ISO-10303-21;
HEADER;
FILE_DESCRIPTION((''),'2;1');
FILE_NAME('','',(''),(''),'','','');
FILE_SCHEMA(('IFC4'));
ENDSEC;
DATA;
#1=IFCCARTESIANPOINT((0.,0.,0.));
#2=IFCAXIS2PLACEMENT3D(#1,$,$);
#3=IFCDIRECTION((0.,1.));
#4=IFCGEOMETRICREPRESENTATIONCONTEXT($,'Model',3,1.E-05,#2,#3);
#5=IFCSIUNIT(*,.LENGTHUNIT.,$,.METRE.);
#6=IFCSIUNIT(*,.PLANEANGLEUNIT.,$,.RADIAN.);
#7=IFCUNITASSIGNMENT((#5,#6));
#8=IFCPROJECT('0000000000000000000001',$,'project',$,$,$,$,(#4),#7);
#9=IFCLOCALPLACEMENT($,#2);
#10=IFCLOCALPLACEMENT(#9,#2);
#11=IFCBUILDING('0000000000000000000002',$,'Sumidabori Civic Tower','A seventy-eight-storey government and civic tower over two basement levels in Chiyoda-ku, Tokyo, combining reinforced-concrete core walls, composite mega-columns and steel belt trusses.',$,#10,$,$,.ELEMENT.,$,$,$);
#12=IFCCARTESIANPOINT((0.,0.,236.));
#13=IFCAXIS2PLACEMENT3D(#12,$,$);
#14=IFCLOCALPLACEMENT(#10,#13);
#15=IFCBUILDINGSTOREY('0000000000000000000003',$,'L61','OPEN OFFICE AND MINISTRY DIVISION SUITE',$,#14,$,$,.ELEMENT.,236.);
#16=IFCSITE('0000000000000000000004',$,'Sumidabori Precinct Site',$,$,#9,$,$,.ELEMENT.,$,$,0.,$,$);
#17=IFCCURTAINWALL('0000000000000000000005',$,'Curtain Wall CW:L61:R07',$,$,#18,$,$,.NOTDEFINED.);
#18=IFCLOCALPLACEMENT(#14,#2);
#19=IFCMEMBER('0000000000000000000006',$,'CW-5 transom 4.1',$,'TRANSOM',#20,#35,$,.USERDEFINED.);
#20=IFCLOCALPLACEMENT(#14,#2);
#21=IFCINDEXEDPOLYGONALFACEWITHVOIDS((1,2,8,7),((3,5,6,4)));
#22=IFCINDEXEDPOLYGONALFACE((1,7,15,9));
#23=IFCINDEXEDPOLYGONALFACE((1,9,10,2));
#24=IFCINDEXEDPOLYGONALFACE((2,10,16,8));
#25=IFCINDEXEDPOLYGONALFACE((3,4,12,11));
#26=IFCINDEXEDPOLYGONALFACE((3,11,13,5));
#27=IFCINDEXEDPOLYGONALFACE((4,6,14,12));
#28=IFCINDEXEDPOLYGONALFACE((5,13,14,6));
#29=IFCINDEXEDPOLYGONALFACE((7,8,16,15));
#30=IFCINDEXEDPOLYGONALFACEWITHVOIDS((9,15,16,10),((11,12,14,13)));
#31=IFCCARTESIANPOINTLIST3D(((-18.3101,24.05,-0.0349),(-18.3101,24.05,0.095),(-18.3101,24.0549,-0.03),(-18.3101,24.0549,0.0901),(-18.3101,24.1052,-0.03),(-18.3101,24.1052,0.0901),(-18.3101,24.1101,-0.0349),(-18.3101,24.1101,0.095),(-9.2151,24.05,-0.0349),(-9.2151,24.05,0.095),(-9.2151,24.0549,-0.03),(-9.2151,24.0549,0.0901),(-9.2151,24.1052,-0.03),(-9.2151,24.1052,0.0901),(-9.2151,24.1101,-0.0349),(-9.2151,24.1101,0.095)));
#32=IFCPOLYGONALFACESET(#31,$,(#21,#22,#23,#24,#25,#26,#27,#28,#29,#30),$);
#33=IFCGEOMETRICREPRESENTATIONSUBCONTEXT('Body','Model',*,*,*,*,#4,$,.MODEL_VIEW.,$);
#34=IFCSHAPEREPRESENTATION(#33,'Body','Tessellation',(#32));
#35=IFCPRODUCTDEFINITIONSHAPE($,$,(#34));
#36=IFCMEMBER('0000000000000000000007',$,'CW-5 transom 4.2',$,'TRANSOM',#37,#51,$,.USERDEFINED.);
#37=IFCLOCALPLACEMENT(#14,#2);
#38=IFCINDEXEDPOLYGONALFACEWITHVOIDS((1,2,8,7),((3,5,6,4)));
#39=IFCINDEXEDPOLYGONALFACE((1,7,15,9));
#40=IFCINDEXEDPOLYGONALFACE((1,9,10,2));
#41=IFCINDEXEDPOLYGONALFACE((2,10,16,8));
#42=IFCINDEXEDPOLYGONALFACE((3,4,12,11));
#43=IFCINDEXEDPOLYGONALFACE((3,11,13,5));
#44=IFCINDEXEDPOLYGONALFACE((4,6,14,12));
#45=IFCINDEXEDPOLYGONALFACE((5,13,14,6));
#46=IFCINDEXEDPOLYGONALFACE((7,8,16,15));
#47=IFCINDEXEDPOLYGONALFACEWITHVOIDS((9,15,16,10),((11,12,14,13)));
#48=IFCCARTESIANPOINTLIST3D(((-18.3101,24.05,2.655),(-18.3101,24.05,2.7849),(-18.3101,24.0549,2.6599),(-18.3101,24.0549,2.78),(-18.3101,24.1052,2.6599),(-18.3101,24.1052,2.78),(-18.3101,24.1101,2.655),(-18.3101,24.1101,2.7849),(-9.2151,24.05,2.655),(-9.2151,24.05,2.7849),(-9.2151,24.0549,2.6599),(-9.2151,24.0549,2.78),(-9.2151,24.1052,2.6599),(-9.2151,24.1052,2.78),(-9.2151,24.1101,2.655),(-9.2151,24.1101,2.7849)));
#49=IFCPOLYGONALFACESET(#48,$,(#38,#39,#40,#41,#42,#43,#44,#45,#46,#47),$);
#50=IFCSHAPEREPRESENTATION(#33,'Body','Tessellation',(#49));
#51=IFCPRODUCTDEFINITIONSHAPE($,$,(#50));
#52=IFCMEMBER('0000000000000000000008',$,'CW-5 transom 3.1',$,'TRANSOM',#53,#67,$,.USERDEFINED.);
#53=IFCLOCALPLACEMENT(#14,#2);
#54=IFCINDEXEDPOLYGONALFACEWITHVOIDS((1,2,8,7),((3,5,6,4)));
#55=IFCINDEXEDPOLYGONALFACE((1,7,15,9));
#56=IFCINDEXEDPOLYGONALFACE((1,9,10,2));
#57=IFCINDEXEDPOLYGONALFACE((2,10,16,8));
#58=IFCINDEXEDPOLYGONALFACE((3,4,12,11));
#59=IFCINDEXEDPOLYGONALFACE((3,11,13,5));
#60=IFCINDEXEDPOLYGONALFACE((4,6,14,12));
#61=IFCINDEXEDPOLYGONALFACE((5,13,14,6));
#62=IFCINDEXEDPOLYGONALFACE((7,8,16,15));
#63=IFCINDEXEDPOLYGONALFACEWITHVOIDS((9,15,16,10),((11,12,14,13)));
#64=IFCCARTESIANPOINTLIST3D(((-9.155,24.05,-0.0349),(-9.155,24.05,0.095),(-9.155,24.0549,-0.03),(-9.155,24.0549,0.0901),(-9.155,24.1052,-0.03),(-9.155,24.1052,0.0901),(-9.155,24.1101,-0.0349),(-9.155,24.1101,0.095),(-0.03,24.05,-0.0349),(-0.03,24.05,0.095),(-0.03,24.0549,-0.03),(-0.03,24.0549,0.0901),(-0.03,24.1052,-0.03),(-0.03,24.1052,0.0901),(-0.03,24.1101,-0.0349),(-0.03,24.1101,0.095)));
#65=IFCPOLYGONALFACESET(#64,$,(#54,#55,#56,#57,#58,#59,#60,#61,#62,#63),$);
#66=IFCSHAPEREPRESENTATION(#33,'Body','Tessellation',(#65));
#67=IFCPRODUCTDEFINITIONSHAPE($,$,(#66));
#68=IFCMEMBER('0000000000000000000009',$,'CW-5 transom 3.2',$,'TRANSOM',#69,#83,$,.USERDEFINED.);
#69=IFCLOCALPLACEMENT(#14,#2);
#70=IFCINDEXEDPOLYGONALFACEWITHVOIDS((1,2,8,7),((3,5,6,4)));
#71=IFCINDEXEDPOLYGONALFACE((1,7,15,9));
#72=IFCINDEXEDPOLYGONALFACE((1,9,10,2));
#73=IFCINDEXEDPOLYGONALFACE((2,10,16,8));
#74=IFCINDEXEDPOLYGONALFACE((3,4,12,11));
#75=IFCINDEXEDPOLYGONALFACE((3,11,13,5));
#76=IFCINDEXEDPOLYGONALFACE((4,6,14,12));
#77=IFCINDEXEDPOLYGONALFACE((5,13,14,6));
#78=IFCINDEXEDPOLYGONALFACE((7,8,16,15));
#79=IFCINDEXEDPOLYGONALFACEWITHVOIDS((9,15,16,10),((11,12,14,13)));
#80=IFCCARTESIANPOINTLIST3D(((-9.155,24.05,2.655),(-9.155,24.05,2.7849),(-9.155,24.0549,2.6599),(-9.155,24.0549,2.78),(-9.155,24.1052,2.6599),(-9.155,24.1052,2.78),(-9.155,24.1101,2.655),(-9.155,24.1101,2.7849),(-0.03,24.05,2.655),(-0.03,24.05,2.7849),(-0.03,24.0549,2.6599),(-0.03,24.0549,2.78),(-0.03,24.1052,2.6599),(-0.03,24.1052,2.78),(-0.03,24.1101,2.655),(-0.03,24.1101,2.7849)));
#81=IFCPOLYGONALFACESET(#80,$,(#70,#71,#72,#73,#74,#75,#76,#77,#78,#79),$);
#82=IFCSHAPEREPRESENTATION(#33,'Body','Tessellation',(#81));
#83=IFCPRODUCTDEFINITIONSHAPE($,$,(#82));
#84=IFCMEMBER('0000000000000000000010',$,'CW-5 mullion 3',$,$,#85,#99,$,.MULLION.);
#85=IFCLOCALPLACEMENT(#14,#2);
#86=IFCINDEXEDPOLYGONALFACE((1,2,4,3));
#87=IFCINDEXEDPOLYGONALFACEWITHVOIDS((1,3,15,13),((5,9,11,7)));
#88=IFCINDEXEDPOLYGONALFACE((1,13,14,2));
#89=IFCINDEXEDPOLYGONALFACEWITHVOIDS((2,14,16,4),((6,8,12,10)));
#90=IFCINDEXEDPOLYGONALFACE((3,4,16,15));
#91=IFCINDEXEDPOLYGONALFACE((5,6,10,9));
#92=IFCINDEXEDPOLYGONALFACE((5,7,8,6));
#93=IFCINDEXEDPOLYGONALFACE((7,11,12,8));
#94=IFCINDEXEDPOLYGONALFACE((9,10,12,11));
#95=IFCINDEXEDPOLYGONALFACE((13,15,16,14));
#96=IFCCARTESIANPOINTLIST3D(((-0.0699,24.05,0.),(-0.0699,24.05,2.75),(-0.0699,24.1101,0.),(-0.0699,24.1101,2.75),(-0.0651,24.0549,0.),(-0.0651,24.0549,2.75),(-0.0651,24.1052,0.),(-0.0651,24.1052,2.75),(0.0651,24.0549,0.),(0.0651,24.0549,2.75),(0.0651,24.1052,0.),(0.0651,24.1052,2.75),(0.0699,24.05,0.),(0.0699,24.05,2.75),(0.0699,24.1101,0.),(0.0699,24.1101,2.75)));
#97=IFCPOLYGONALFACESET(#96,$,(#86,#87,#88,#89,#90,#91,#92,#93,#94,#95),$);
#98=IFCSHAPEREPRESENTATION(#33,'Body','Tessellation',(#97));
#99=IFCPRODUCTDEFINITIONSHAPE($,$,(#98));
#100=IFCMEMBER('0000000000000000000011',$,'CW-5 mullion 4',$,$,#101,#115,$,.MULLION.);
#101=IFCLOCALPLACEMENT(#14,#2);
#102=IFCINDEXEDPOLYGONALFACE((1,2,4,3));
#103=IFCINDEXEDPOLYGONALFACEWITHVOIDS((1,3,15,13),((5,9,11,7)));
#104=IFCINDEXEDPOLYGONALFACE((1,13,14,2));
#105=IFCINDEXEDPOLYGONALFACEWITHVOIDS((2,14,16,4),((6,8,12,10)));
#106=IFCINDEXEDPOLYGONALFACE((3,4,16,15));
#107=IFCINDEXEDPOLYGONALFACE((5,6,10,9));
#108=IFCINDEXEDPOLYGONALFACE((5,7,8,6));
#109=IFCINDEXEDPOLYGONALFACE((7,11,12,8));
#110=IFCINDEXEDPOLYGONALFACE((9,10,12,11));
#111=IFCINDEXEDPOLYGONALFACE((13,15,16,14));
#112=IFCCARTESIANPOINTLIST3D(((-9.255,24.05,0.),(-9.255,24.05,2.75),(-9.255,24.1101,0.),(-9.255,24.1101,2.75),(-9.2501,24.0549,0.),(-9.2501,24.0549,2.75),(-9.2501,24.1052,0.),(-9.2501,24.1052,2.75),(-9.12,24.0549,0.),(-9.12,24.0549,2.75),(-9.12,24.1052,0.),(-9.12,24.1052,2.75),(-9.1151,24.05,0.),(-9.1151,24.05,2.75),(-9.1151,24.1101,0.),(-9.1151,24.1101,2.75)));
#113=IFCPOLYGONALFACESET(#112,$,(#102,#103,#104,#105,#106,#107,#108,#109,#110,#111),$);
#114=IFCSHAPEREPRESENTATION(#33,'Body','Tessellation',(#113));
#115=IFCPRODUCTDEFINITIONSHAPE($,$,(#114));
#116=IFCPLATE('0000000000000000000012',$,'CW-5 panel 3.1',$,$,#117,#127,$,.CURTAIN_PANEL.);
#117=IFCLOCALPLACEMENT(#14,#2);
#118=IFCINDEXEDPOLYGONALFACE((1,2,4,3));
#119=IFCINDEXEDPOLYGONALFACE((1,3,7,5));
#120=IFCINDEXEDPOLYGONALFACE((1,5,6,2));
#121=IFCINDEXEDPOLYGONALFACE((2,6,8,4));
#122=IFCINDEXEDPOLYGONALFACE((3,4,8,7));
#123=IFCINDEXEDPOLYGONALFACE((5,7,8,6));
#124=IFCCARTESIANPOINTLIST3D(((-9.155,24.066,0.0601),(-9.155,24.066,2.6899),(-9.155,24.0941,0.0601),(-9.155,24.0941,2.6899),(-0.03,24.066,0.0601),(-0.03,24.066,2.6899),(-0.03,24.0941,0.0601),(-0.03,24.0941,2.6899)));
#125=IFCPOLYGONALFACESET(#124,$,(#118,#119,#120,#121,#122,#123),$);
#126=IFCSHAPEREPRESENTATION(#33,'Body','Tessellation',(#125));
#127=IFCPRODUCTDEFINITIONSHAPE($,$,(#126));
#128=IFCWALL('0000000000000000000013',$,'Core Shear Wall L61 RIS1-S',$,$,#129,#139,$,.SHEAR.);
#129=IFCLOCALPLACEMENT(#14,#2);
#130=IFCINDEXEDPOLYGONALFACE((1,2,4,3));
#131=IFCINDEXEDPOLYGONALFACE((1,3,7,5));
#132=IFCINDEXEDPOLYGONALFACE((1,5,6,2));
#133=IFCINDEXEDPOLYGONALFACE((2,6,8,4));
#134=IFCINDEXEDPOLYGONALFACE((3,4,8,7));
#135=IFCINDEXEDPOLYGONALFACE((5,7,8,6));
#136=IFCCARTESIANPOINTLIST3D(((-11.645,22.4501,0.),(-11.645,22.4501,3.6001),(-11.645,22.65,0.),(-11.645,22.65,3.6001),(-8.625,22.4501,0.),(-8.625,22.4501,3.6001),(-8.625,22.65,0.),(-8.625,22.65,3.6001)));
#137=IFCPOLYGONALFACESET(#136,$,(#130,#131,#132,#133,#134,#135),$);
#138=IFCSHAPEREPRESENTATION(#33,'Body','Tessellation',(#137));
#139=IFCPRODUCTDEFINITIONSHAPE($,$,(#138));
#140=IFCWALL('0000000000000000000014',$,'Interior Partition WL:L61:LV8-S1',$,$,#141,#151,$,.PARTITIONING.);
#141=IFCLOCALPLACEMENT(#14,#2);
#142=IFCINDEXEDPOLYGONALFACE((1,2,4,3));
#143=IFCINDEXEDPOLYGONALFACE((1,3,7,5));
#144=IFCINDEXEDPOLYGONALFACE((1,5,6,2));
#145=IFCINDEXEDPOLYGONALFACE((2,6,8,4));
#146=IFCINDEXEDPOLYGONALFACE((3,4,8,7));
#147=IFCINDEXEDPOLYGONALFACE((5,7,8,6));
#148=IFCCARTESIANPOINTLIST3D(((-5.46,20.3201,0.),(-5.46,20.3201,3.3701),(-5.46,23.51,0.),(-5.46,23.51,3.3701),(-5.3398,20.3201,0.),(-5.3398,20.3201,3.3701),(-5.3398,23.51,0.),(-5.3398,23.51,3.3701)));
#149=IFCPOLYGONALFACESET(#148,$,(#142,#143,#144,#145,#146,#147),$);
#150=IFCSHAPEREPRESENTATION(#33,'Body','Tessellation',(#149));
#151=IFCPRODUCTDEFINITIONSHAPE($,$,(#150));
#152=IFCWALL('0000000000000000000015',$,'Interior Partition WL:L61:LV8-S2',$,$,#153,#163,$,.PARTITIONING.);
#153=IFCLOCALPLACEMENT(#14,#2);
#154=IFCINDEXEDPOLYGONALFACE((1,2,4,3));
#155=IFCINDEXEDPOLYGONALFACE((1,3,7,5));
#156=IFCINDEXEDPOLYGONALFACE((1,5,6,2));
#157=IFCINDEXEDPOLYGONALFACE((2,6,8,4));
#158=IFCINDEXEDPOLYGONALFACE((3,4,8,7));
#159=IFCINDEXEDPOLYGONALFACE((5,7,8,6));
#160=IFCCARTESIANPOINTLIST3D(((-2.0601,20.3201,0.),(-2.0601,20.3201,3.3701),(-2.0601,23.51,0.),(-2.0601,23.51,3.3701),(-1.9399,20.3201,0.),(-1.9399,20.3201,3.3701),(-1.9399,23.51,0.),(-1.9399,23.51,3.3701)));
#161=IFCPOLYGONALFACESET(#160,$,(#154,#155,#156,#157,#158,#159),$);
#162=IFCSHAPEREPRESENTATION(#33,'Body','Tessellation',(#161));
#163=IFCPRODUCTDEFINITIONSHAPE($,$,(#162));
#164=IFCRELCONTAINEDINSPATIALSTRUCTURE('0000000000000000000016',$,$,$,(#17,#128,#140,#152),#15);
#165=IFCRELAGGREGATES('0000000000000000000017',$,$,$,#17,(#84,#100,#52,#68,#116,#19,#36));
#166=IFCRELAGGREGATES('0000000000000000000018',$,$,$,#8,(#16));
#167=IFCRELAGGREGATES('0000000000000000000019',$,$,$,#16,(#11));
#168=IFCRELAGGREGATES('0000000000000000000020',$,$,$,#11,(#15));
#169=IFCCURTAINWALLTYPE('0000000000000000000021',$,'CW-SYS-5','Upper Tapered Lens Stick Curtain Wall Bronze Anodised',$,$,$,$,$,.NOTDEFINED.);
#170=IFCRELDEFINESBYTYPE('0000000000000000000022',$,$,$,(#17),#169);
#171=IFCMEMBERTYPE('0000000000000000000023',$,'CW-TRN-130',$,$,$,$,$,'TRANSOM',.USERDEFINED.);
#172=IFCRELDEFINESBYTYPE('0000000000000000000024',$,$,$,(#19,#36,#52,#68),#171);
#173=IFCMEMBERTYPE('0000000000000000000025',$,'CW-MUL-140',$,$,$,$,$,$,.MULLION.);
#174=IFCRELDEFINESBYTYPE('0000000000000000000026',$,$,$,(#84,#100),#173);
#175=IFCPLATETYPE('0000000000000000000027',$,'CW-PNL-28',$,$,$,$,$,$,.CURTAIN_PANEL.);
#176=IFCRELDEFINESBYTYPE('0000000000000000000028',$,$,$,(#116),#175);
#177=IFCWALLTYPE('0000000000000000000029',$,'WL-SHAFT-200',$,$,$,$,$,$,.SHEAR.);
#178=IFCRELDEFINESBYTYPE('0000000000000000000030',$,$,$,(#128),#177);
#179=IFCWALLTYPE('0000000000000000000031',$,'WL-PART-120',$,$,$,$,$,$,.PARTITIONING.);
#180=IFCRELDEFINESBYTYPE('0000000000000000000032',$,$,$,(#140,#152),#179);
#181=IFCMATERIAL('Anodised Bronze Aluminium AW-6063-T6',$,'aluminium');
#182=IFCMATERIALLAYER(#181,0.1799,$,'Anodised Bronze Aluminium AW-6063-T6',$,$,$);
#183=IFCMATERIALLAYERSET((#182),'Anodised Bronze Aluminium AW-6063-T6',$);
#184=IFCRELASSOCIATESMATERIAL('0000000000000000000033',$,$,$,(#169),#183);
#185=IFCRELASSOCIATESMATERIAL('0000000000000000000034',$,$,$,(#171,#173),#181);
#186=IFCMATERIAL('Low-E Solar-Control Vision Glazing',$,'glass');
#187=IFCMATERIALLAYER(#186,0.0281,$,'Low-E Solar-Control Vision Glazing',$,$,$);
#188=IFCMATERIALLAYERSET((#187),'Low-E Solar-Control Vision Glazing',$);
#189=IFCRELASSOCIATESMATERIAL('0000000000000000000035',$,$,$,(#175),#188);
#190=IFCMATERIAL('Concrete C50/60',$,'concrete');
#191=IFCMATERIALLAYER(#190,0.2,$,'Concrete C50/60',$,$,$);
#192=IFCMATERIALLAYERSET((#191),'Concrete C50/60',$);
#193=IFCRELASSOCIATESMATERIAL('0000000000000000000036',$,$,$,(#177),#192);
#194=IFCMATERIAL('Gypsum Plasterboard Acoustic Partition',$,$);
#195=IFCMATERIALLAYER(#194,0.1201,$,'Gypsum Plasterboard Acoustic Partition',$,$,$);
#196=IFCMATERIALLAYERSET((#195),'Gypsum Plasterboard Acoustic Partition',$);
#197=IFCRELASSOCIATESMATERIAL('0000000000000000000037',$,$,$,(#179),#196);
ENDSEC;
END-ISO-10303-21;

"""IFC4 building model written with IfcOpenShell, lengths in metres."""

from ifc_helpers import new_model, si_unit, direction, frame, frame_2d, origin, origin_2d, place, context, subcontext, project, spatial, rectangle, hollow_rectangle, extrude, source, transform, mapped, material, layer, layer_set, material_profile, profile_set, type_object, element, aggregate, save


model = new_model("IFC4")

# Units and contexts
model_context = context("Model", 3, precision=1e-05, world=origin(), true_north=direction((0.0, 1.0)))
body_context = subcontext(model_context, "Body", "Model", "MODEL_VIEW")
ifc_project = project(units=[si_unit("LENGTHUNIT", "METRE"), si_unit("PLANEANGLEUNIT", "RADIAN")], contexts=[model_context])

# Site, building, storey
site_placement = place(None, origin())
site = spatial("IfcSite", under=ifc_project, at=site_placement, Name="Sumidabori Precinct Site", CompositionType="ELEMENT", RefElevation=0.0)
building_placement = place(site_placement, origin())
building = spatial("IfcBuilding", under=site, at=building_placement, Name="Sumidabori Civic Tower", Description="A seventy-eight-storey government and civic tower over two basement levels in Chiyoda-ku, Tokyo, combining reinforced-concrete core walls, composite mega-columns and steel belt trusses.", CompositionType="ELEMENT")
storey_placement = place(building_placement, frame((0.0, 0.0, 236.0)))
storey = spatial("IfcBuildingStorey", under=building, at=storey_placement, Name="L61", Description="OPEN OFFICE AND MINISTRY DIVISION SUITE", CompositionType="ELEMENT", Elevation=236.0)

# Curtain wall, members, plate
ifc_material_1 = material(Name="Anodised Bronze Aluminium AW-6063-T6", Category="aluminium")
ifc_layer_1 = layer(ifc_material_1, 0.1799, Name="Anodised Bronze Aluminium AW-6063-T6")
ifc_layer_set_1 = layer_set([ifc_layer_1], Name="Anodised Bronze Aluminium AW-6063-T6")
curtain_wall_type = type_object("IfcCurtainWallType", Name="CW-SYS-5", Description="Upper Tapered Lens Stick Curtain Wall Bronze Anodised", PredefinedType="NOTDEFINED", material=ifc_layer_set_1)
curtain_wall_placement = place(storey_placement, origin())
curtain_wall = element("IfcCurtainWall", 1, at=curtain_wall_placement, inside=storey, type_object=curtain_wall_type, Name="Curtain Wall CW:L61:R07", PredefinedType="NOTDEFINED")
ifc_material_profile_1 = material_profile(ifc_material_1, hollow_rectangle(XDim=0.0601, YDim=0.1299, WallThickness=0.0049, at=origin_2d()), Name="ALU TRANSOM 130x60")
ifc_profile_set_1 = profile_set([ifc_material_profile_1], Name="Anodised Bronze Aluminium AW-6063-T6")
member_type_1 = type_object("IfcMemberType", Name="CW-TRN-130", ElementType="TRANSOM", PredefinedType="USERDEFINED", material=ifc_profile_set_1)
shared_shape_1 = source(origin(), body_context, "Body", "SweptSolid", [
    extrude(hollow_rectangle(XDim=0.0601, YDim=0.1299, WallThickness=0.0049, at=origin_2d()), origin(), (0.0, 0.0, 1.0), 9.095),
])
member_1_placement = place(storey_placement, frame((-9.2151, 24.0801, 0.03), z_axis=(-1.0, 0.0, 0.0), x_axis=(0.0, -1.0, 0.0)))
member_1 = element("IfcMember", 2, at=member_1_placement, type_object=member_type_1, Name="CW-5 transom 4.1", ObjectType="TRANSOM", PredefinedType="USERDEFINED", context=body_context, shape_type="MappedRepresentation", body=[
    mapped(shared_shape_1, transform((0.0, 0.0, 0.0), x_axis=(1.0, 0.0, 0.0), y_axis=(0.0, 1.0, 0.0), z_axis=(0.0, 0.0, 1.0), scale=1.0)),
])
member_2_placement = place(storey_placement, frame((-9.2151, 24.0801, 2.72), z_axis=(-1.0, 0.0, 0.0), x_axis=(0.0, -1.0, 0.0)))
member_2 = element("IfcMember", 3, at=member_2_placement, type_object=member_type_1, Name="CW-5 transom 4.2", ObjectType="TRANSOM", PredefinedType="USERDEFINED", context=body_context, shape_type="MappedRepresentation", body=[
    mapped(shared_shape_1, transform((0.0, 0.0, 0.0), x_axis=(1.0, 0.0, 0.0), y_axis=(0.0, 1.0, 0.0), z_axis=(0.0, 0.0, 1.0), scale=1.0)),
])
shared_shape_2 = source(origin(), body_context, "Body", "SweptSolid", [
    extrude(hollow_rectangle(XDim=0.0601, YDim=0.1299, WallThickness=0.0049, at=origin_2d()), origin(), (0.0, 0.0, 1.0), 9.125),
])
member_3_placement = place(storey_placement, frame((-0.03, 24.0801, 0.03), z_axis=(-1.0, 0.0, 0.0), x_axis=(0.0, -1.0, 0.0)))
member_3 = element("IfcMember", 4, at=member_3_placement, type_object=member_type_1, Name="CW-5 transom 3.1", ObjectType="TRANSOM", PredefinedType="USERDEFINED", context=body_context, shape_type="MappedRepresentation", body=[
    mapped(shared_shape_2, transform((0.0, 0.0, 0.0), x_axis=(1.0, 0.0, 0.0), y_axis=(0.0, 1.0, 0.0), z_axis=(0.0, 0.0, 1.0), scale=1.0)),
])
member_4_placement = place(storey_placement, frame((-0.03, 24.0801, 2.72), z_axis=(-1.0, 0.0, 0.0), x_axis=(0.0, -1.0, 0.0)))
member_4 = element("IfcMember", 5, at=member_4_placement, type_object=member_type_1, Name="CW-5 transom 3.2", ObjectType="TRANSOM", PredefinedType="USERDEFINED", context=body_context, shape_type="MappedRepresentation", body=[
    mapped(shared_shape_2, transform((0.0, 0.0, 0.0), x_axis=(1.0, 0.0, 0.0), y_axis=(0.0, 1.0, 0.0), z_axis=(0.0, 0.0, 1.0), scale=1.0)),
])
ifc_material_profile_2 = material_profile(ifc_material_1, hollow_rectangle(XDim=0.0601, YDim=0.1399, WallThickness=0.0049, at=origin_2d()), Name="ALU MULLION 140x60")
ifc_profile_set_2 = profile_set([ifc_material_profile_2], Name="Anodised Bronze Aluminium AW-6063-T6")
member_type_2 = type_object("IfcMemberType", Name="CW-MUL-140", PredefinedType="MULLION", material=ifc_profile_set_2)
shared_shape_3 = source(origin(), body_context, "Body", "SweptSolid", [
    extrude(hollow_rectangle(XDim=0.0601, YDim=0.1399, WallThickness=0.0049, at=origin_2d()), origin(), (0.0, 0.0, 1.0), 2.75),
])
member_5_placement = place(storey_placement, frame((0.0, 24.0801, 0.0), z_axis=(0.0, 0.0, 1.0), x_axis=(0.0, -1.0, 0.0)))
member_5 = element("IfcMember", 6, at=member_5_placement, type_object=member_type_2, Name="CW-5 mullion 3", PredefinedType="MULLION", context=body_context, shape_type="MappedRepresentation", body=[
    mapped(shared_shape_3, transform((0.0, 0.0, 0.0), x_axis=(1.0, 0.0, 0.0), y_axis=(0.0, 1.0, 0.0), z_axis=(0.0, 0.0, 1.0), scale=1.0)),
])
member_6_placement = place(storey_placement, frame((-9.1851, 24.0801, 0.0), z_axis=(0.0, 0.0, 1.0), x_axis=(0.0, -1.0, 0.0)))
member_6 = element("IfcMember", 7, at=member_6_placement, type_object=member_type_2, Name="CW-5 mullion 4", PredefinedType="MULLION", context=body_context, shape_type="MappedRepresentation", body=[
    mapped(shared_shape_3, transform((0.0, 0.0, 0.0), x_axis=(1.0, 0.0, 0.0), y_axis=(0.0, 1.0, 0.0), z_axis=(0.0, 0.0, 1.0), scale=1.0)),
])
ifc_material_2 = material(Name="Low-E Solar-Control Vision Glazing", Category="glass")
ifc_layer_2 = layer(ifc_material_2, 0.0281, Name="Low-E Solar-Control Vision Glazing")
ifc_layer_set_2 = layer_set([ifc_layer_2], Name="Low-E Solar-Control Vision Glazing")
plate_type = type_object("IfcPlateType", Name="CW-PNL-28", PredefinedType="CURTAIN_PANEL", material=ifc_layer_set_2)
shared_shape_4 = source(origin(), body_context, "Body", "SweptSolid", [
    extrude(rectangle(XDim=9.125, YDim=0.0281, at=origin_2d()), origin(), (0.0, 0.0, 1.0), 2.6299),
])
plate_placement = place(storey_placement, frame((-4.5925, 24.0801, 0.0601), z_axis=(0.0, 0.0, 1.0), x_axis=(-1.0, 0.0, 0.0)))
plate = element("IfcPlate", 8, at=plate_placement, type_object=plate_type, Name="CW-5 panel 3.1", PredefinedType="CURTAIN_PANEL", context=body_context, shape_type="MappedRepresentation", body=[
    mapped(shared_shape_4, transform((0.0, 0.0, 0.0), x_axis=(1.0, 0.0, 0.0), y_axis=(0.0, 1.0, 0.0), z_axis=(0.0, 0.0, 1.0), scale=1.0)),
])
aggregate(curtain_wall, [member_5, member_6, member_3, member_4, plate, member_1, member_2])

# Wall
ifc_material_3 = material(Name="Concrete C50/60", Category="concrete")
ifc_layer_3 = layer(ifc_material_3, 0.2, Name="Concrete C50/60")
ifc_layer_set_3 = layer_set([ifc_layer_3], Name="Concrete C50/60")
wall_type_1 = type_object("IfcWallType", Name="WL-SHAFT-200", PredefinedType="SHEAR", material=ifc_layer_set_3)
shared_shape_5 = source(origin(), body_context, "Body", "SweptSolid", [
    extrude(rectangle(XDim=3.02, YDim=0.2, at=frame_2d((1.51, 0.0))), origin(), (0.0, 0.0, 1.0), 3.6001),
])
wall_1_placement = place(storey_placement, frame((-11.645, 22.55, 0.0), z_axis=(0.0, 0.0, 1.0), x_axis=(1.0, 0.0, 0.0)))
element("IfcWall", 9, at=wall_1_placement, inside=storey, type_object=wall_type_1, Name="Core Shear Wall L61 RIS1-S", PredefinedType="SHEAR", context=body_context, shape_type="MappedRepresentation", body=[
    mapped(shared_shape_5, transform((0.0, 0.0, 0.0), x_axis=(1.0, 0.0, 0.0), y_axis=(0.0, 1.0, 0.0), z_axis=(0.0, 0.0, 1.0), scale=1.0)),
])

# Shared definitions
ifc_material_4 = material(Name="Gypsum Plasterboard Acoustic Partition")

# Walls
ifc_layer_4 = layer(ifc_material_4, 0.1201, Name="Gypsum Plasterboard Acoustic Partition")
ifc_layer_set_4 = layer_set([ifc_layer_4], Name="Gypsum Plasterboard Acoustic Partition")
wall_type_2 = type_object("IfcWallType", Name="WL-PART-120", PredefinedType="PARTITIONING", material=ifc_layer_set_4)
shared_shape_6 = source(origin(), body_context, "Body", "SweptSolid", [
    extrude(rectangle(XDim=3.1899, YDim=0.1201, at=frame_2d((1.595, 0.0))), origin(), (0.0, 0.0, 1.0), 3.3701),
])
for number, where, z_axis, x_axis, name in (
    (10, (-5.3999, 20.3201, 0.0), (0.0, 0.0, 1.0), (0.0, 1.0, 0.0), "Interior Partition WL:L61:LV8-S1"),
    (11, (-2.0, 20.3201, 0.0), (0.0, 0.0, 1.0), (0.0, 1.0, 0.0), "Interior Partition WL:L61:LV8-S2"),
):
    element("IfcWall", number, at=place(storey_placement, frame(where, z_axis=z_axis, x_axis=x_axis)), inside=storey, type_object=wall_type_2, Name=name, PredefinedType="PARTITIONING", context=body_context, shape_type="MappedRepresentation", body=[
        mapped(shared_shape_6, transform((0.0, 0.0, 0.0), x_axis=(1.0, 0.0, 0.0), y_axis=(0.0, 1.0, 0.0), z_axis=(0.0, 0.0, 1.0), scale=1.0)),
    ])

save(model, "model.ifc")
